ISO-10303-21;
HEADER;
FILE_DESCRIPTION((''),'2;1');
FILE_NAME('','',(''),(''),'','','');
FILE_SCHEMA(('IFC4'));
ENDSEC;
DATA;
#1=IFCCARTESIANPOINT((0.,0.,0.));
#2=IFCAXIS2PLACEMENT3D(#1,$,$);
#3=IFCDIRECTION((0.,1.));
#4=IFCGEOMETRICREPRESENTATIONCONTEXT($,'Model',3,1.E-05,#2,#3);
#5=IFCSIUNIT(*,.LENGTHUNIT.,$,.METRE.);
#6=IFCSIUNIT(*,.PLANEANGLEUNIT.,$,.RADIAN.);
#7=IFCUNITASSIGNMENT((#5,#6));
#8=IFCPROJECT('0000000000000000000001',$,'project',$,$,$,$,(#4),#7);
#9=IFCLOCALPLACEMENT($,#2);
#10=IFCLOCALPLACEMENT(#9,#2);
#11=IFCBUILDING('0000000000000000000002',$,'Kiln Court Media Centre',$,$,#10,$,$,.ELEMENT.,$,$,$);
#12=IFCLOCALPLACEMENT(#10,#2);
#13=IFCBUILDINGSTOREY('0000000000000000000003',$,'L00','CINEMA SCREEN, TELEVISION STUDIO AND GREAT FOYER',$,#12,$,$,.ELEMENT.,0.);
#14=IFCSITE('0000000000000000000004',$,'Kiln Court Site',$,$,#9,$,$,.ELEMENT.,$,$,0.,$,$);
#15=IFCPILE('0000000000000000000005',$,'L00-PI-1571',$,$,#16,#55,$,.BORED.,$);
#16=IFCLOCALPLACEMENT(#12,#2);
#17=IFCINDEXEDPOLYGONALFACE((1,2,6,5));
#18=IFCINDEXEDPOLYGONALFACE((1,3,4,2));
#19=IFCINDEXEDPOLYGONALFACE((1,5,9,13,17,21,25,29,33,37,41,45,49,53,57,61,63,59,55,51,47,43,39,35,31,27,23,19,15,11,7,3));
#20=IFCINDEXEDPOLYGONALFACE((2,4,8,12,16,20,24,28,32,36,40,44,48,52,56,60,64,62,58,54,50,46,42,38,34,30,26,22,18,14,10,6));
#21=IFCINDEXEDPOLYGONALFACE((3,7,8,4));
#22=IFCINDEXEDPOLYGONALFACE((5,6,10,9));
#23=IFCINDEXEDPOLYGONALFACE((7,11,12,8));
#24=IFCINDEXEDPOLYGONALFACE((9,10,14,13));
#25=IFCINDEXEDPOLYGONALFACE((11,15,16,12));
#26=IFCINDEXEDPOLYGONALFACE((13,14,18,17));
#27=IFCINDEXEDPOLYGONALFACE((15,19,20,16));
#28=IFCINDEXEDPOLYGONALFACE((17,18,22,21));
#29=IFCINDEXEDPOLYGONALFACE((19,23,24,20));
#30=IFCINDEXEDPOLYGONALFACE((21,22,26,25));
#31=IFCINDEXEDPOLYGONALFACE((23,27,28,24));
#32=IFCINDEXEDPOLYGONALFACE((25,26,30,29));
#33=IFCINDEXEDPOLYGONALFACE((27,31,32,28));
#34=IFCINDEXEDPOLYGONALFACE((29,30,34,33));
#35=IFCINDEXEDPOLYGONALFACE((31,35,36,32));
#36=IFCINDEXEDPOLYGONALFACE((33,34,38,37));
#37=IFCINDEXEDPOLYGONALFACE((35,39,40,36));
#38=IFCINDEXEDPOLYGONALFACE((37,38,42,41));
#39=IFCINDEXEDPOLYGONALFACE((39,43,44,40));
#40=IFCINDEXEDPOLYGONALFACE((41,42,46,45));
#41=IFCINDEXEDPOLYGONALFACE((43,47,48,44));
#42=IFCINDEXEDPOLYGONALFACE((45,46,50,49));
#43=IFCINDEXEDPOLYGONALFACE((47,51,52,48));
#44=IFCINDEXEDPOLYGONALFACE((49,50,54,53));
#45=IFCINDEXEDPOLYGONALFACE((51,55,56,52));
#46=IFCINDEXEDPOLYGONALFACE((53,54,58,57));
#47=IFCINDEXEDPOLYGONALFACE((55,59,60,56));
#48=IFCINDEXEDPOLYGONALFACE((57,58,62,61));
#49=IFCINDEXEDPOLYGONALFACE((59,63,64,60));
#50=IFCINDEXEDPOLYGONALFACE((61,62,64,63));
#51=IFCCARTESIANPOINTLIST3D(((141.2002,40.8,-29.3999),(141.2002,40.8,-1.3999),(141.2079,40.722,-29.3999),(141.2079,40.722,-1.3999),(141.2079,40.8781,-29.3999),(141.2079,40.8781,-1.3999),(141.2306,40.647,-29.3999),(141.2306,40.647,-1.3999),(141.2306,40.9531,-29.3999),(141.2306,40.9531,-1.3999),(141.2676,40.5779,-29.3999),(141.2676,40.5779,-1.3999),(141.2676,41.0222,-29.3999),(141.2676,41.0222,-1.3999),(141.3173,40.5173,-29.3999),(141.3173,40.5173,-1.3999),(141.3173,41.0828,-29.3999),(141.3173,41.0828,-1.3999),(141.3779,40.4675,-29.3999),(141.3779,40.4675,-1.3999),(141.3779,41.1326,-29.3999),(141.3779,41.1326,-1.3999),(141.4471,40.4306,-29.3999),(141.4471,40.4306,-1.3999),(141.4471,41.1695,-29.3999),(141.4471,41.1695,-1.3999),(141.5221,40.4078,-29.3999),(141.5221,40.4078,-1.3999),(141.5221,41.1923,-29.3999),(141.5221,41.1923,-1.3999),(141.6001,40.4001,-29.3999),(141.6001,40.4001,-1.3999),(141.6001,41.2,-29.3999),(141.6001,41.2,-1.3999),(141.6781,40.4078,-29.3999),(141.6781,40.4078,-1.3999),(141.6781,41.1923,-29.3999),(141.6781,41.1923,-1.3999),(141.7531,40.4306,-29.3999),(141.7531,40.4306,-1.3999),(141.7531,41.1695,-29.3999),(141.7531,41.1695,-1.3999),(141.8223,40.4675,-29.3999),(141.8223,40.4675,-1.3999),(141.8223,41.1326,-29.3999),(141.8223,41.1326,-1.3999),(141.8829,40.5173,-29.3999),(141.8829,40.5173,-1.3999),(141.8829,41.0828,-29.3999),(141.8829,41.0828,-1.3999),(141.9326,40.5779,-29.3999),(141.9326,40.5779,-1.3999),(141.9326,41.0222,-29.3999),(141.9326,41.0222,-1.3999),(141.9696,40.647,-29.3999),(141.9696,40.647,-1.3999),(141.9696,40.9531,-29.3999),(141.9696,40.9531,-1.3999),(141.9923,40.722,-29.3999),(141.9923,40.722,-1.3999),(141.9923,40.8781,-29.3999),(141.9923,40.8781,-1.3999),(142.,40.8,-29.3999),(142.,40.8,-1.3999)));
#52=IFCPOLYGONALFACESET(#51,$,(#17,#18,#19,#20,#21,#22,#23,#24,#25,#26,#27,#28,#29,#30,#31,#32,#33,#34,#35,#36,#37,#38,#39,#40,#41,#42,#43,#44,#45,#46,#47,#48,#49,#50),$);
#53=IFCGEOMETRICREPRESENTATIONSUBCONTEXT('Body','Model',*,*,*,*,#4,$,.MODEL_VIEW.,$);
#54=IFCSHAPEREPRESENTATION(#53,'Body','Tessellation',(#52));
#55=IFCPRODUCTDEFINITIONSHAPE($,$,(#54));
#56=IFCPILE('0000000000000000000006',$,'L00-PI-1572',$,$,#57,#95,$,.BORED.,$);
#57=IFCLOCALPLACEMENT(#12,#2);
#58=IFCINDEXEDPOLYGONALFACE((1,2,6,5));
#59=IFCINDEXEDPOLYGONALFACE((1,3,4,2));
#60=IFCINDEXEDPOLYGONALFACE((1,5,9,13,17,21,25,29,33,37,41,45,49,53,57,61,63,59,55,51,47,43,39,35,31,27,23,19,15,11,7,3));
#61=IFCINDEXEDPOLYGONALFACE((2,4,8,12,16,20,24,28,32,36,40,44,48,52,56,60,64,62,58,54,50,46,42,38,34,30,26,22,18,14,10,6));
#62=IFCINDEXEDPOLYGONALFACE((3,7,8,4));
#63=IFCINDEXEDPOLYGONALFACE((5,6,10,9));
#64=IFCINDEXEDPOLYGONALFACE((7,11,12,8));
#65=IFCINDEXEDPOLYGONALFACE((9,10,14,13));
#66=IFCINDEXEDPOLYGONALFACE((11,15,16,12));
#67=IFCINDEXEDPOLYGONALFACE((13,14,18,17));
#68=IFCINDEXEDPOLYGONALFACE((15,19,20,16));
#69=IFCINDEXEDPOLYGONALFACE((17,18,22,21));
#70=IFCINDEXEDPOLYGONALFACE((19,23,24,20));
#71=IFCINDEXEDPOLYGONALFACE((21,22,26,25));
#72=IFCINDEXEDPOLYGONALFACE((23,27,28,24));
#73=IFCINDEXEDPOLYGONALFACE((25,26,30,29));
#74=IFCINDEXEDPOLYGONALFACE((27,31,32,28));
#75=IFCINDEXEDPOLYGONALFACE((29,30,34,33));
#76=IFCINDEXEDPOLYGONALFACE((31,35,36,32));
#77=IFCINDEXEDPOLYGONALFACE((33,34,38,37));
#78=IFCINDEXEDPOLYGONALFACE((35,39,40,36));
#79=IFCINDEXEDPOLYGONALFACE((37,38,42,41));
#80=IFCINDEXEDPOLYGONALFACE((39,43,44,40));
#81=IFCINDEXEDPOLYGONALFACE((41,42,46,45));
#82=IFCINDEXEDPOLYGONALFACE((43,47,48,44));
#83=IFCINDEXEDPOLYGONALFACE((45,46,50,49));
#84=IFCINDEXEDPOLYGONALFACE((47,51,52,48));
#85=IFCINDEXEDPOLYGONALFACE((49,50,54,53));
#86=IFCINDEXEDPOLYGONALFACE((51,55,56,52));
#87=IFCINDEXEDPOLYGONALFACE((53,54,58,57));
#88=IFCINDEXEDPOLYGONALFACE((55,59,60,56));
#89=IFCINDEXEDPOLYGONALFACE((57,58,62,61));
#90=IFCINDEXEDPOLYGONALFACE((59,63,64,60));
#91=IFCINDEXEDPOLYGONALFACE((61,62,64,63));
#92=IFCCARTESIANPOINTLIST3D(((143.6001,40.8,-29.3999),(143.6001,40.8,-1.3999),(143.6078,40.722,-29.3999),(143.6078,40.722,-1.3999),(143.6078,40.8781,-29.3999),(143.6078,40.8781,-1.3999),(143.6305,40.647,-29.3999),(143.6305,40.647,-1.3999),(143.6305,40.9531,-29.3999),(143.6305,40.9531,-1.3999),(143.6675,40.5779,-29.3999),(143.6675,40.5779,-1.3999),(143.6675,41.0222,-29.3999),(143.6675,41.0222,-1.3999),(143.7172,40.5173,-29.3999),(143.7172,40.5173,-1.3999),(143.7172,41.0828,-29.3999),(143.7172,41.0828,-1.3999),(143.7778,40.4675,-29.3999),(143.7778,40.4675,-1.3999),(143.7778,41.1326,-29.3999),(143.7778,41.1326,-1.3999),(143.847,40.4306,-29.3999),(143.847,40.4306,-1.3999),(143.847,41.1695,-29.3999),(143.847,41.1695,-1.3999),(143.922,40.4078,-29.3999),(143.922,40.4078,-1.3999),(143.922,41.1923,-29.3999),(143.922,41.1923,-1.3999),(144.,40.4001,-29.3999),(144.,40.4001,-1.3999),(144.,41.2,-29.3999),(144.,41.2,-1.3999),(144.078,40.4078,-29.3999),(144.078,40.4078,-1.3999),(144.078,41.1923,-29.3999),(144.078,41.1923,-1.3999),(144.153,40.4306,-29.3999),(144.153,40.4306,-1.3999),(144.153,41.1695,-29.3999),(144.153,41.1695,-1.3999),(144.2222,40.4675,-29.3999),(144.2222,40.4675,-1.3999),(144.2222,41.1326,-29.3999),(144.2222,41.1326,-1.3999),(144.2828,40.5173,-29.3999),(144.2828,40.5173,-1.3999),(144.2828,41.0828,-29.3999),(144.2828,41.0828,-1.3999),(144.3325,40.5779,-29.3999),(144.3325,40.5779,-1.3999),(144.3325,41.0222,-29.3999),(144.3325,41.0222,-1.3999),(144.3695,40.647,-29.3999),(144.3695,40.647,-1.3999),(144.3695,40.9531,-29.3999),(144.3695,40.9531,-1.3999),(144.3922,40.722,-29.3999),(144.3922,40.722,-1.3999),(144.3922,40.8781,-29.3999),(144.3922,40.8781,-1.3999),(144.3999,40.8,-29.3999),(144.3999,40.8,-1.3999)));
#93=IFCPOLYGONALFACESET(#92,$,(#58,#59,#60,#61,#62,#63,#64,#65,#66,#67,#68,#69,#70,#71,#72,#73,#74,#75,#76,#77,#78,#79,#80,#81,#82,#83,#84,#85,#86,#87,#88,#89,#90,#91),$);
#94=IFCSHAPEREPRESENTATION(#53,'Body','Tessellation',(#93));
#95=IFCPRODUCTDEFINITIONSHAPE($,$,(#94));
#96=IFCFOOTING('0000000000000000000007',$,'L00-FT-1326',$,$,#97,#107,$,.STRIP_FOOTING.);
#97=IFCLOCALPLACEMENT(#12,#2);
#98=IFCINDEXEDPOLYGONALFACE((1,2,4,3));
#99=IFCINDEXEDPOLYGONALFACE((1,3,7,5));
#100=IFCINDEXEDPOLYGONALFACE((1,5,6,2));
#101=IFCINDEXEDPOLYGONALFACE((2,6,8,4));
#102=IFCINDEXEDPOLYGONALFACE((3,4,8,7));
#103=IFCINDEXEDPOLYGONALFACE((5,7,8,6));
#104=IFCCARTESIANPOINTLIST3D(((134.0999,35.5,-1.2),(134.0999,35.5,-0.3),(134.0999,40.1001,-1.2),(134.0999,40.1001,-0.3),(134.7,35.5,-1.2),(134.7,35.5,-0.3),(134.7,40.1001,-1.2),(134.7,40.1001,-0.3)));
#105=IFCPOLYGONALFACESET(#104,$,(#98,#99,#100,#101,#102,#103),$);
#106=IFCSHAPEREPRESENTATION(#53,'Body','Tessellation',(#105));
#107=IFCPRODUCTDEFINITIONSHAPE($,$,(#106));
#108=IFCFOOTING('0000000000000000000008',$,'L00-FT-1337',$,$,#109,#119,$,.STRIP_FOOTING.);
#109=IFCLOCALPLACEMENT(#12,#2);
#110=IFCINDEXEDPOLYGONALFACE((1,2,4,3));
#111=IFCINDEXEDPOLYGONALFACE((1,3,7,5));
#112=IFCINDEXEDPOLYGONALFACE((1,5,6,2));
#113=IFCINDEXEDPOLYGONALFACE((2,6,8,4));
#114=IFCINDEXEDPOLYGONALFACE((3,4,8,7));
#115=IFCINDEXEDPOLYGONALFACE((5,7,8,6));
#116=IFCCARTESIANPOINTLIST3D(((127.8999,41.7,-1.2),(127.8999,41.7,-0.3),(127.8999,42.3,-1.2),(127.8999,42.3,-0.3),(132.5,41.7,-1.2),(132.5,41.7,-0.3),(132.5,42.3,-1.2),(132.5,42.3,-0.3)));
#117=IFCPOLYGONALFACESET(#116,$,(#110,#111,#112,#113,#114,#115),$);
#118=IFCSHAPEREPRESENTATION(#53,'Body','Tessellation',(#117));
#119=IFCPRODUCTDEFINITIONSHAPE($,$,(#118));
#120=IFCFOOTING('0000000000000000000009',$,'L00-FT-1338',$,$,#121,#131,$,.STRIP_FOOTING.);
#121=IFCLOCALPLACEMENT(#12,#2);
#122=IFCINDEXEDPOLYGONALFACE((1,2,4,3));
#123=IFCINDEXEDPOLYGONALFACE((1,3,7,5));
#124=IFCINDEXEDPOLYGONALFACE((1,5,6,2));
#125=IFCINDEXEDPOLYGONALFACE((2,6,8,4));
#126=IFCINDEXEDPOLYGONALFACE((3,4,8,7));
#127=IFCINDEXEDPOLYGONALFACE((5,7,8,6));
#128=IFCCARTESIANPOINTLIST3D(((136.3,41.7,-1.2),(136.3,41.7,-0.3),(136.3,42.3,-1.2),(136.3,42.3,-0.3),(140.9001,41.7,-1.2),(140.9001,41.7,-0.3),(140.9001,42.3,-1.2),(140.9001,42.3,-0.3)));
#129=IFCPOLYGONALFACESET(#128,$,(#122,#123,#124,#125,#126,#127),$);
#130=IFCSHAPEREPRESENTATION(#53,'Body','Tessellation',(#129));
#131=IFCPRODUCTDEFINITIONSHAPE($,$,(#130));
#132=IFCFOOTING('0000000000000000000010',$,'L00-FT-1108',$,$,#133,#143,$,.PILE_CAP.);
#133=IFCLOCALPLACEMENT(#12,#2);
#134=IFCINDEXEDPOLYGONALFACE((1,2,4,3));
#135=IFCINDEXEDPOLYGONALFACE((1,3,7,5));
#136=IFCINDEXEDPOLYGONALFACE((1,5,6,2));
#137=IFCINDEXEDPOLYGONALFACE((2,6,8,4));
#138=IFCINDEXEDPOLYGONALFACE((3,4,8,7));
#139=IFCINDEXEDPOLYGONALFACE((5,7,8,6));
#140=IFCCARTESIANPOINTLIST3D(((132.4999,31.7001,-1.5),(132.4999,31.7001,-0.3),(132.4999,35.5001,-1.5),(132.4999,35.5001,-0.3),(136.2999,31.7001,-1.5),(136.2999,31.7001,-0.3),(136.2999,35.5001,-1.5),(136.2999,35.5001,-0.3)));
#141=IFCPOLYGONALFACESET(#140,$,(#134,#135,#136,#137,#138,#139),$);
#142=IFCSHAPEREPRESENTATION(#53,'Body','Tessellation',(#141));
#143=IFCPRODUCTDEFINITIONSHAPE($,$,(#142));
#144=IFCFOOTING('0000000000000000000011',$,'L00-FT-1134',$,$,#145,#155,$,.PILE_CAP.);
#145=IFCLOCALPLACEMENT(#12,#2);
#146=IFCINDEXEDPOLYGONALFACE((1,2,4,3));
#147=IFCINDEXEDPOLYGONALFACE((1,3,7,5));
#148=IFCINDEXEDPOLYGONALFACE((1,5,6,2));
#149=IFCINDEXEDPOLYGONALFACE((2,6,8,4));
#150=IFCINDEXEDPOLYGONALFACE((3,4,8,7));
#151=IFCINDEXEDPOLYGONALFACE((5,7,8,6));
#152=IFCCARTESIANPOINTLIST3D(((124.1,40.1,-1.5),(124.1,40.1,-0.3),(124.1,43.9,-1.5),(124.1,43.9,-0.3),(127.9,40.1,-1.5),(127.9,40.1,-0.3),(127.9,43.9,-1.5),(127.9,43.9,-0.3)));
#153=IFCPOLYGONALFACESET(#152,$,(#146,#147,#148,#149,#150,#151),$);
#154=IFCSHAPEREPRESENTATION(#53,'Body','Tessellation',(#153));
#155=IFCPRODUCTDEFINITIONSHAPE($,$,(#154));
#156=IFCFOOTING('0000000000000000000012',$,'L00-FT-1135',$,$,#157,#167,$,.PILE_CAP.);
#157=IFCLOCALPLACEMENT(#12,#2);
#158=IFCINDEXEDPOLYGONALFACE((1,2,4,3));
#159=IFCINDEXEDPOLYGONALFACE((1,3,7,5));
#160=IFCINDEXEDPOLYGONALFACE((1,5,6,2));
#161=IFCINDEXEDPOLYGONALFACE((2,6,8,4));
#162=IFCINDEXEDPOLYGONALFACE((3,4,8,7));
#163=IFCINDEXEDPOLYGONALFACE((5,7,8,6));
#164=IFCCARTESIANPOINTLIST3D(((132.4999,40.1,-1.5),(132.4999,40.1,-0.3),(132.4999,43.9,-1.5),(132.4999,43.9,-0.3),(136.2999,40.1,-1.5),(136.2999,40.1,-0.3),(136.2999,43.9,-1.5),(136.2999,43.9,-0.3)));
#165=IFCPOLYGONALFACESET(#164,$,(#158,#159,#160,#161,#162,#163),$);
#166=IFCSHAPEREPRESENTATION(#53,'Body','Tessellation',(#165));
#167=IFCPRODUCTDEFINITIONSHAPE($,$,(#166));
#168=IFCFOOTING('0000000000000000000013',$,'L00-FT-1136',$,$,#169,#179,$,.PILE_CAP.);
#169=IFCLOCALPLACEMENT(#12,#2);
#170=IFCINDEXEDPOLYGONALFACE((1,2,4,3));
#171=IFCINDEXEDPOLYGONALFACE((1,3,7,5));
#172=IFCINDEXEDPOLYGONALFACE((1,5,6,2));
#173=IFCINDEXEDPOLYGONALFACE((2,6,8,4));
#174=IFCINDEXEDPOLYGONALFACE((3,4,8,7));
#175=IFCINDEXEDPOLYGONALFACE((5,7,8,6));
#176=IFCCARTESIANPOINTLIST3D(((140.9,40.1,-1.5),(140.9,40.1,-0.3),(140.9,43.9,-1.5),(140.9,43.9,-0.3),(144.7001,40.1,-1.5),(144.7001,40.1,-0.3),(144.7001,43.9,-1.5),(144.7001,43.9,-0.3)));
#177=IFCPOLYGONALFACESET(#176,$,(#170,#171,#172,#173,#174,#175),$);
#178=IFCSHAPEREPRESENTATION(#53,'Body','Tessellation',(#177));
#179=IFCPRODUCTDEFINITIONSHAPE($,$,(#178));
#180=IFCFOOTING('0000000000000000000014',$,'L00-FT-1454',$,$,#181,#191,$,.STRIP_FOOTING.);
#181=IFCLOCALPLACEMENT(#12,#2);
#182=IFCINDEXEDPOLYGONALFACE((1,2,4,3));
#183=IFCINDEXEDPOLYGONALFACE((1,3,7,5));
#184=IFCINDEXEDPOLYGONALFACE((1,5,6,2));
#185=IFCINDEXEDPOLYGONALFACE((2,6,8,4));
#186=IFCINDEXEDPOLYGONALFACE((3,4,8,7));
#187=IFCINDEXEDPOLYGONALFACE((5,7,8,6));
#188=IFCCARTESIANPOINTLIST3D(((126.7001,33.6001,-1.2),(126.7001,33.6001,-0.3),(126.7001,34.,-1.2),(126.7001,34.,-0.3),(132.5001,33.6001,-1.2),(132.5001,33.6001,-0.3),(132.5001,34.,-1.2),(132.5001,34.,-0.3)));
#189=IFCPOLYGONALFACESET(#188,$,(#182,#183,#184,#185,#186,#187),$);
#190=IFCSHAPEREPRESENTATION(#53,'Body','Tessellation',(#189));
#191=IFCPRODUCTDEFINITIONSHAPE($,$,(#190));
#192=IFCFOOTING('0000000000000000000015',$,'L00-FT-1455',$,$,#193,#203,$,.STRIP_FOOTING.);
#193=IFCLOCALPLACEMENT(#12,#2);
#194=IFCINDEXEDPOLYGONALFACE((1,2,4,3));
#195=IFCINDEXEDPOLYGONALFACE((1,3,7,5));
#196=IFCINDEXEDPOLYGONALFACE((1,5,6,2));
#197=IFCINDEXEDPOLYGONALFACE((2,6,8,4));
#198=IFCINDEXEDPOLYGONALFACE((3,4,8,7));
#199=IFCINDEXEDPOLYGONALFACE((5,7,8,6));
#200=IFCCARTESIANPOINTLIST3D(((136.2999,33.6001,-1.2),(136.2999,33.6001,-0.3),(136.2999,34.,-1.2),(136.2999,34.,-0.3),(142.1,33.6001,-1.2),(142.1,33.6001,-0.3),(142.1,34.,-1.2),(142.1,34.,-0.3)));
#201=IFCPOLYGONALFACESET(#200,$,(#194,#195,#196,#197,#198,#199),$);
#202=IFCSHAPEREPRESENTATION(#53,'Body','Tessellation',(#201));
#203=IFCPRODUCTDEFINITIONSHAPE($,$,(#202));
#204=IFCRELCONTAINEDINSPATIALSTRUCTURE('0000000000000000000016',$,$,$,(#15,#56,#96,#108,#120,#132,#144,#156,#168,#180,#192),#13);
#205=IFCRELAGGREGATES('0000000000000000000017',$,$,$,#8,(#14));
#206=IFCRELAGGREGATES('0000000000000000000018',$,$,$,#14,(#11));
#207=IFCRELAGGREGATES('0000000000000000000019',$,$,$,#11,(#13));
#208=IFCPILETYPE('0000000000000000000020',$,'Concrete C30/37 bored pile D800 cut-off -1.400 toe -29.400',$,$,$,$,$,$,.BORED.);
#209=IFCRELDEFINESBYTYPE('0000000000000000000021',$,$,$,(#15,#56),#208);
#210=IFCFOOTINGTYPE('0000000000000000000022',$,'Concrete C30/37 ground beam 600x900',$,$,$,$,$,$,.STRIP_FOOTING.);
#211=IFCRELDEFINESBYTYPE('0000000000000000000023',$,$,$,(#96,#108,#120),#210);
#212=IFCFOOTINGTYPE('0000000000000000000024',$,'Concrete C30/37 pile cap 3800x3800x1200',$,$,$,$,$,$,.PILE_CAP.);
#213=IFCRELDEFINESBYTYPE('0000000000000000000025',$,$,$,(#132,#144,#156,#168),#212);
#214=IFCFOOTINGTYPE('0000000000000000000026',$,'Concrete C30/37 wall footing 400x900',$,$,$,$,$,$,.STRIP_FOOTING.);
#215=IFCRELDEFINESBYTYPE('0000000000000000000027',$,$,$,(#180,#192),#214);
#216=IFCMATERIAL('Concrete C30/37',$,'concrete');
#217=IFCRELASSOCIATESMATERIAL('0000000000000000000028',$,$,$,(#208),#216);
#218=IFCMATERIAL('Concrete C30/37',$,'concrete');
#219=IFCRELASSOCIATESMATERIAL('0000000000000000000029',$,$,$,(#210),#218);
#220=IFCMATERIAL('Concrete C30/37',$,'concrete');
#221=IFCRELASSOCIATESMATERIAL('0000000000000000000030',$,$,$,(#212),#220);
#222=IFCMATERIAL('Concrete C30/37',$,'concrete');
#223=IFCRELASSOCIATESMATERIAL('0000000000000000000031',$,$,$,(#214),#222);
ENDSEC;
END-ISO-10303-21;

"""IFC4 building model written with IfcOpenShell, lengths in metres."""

from ifc_helpers import new_model, si_unit, direction, frame, origin, origin_2d, place, context, subcontext, project, spatial, rectangle, circle, extrude, material, material_profile, profile_set, type_object, element, save


model = new_model("IFC4")

# Units and contexts
model_context = context("Model", 3, precision=1e-05, world=origin(), true_north=direction((0.0, 1.0)))
body_context = subcontext(model_context, "Body", "Model", "MODEL_VIEW")
ifc_project = project(units=[si_unit("LENGTHUNIT", "METRE"), si_unit("PLANEANGLEUNIT", "RADIAN")], contexts=[model_context])

# Site, building, storey
site_placement = place(None, origin())
site = spatial("IfcSite", under=ifc_project, at=site_placement, Name="Kiln Court Site", CompositionType="ELEMENT", RefElevation=0.0)
building_placement = place(site_placement, origin())
building = spatial("IfcBuilding", under=site, at=building_placement, Name="Kiln Court Media Centre", CompositionType="ELEMENT")
storey_placement = place(building_placement, origin())
storey = spatial("IfcBuildingStorey", under=building, at=storey_placement, Name="L00", Description="CINEMA SCREEN, TELEVISION STUDIO AND GREAT FOYER", CompositionType="ELEMENT", Elevation=0.0)

# Piles
ifc_material_1 = material(Name="Concrete C30/37", Category="concrete")
ifc_material_profile_1 = material_profile(ifc_material_1, circle(Radius=0.3999, at=origin_2d()), Name="PILE D800")
ifc_profile_set_1 = profile_set([ifc_material_profile_1], Name="Concrete C30/37")
pile_type = type_object("IfcPileType", Name="Concrete C30/37 bored pile D800 cut-off -1.400 toe -29.400", PredefinedType="BORED", material=ifc_profile_set_1)
for number, where, z_axis, x_axis, name in (
    (1, (141.6001, 40.8, -1.3999), (0.0, 0.0, -1.0), (1.0, 0.0, 0.0), "L00-PI-1571"),
    (2, (144.0, 40.8, -1.3999), (0.0, 0.0, -1.0), (1.0, 0.0, 0.0), "L00-PI-1572"),
):
    element("IfcPile", number, at=place(storey_placement, frame(where, z_axis=z_axis, x_axis=x_axis)), inside=storey, type_object=pile_type, Name=name, PredefinedType="BORED", context=body_context, shape_type="SweptSolid", body=[
        extrude(circle(Radius=0.3999, at=origin_2d()), origin(), (0.0, 0.0, 1.0), 28.0),
    ])

# Footings
ifc_material_2 = material(Name="Concrete C30/37", Category="concrete")
footing_type_1 = type_object("IfcFootingType", Name="Concrete C30/37 ground beam 600x900", PredefinedType="STRIP_FOOTING", material=ifc_material_2)
footing_placement = place(storey_placement, frame((134.3999, 37.8, -1.2), z_axis=(0.0, 0.0, 1.0), x_axis=(1.0, 0.0, 0.0)))
element("IfcFooting", 3, at=footing_placement, inside=storey, type_object=footing_type_1, Name="L00-FT-1326", PredefinedType="STRIP_FOOTING", context=body_context, shape_type="SweptSolid", body=[
    extrude(rectangle(XDim=0.6001, YDim=4.6001, at=origin_2d()), origin(), (0.0, 0.0, 1.0), 0.8999),
])
for number, where, z_axis, x_axis, name in (
    (4, (130.2, 42.0, -1.2), (0.0, 0.0, 1.0), (1.0, 0.0, 0.0), "L00-FT-1337"),
    (5, (138.6001, 42.0, -1.2), (0.0, 0.0, 1.0), (1.0, 0.0, 0.0), "L00-FT-1338"),
):
    element("IfcFooting", number, at=place(storey_placement, frame(where, z_axis=z_axis, x_axis=x_axis)), inside=storey, type_object=footing_type_1, Name=name, PredefinedType="STRIP_FOOTING", context=body_context, shape_type="SweptSolid", body=[
        extrude(rectangle(XDim=4.6001, YDim=0.6001, at=origin_2d()), origin(), (0.0, 0.0, 1.0), 0.8999),
    ])
ifc_material_3 = material(Name="Concrete C30/37", Category="concrete")
footing_type_2 = type_object("IfcFootingType", Name="Concrete C30/37 pile cap 3800x3800x1200", PredefinedType="PILE_CAP", material=ifc_material_3)
for number, where, z_axis, x_axis, name in (
    (6, (134.3999, 33.6001, -1.5), (0.0, 0.0, 1.0), (1.0, 0.0, 0.0), "L00-FT-1108"),
    (7, (126.0, 42.0, -1.5), (0.0, 0.0, 1.0), (1.0, 0.0, 0.0), "L00-FT-1134"),
    (8, (134.3999, 42.0, -1.5), (0.0, 0.0, 1.0), (1.0, 0.0, 0.0), "L00-FT-1135"),
    (9, (142.8, 42.0, -1.5), (0.0, 0.0, 1.0), (1.0, 0.0, 0.0), "L00-FT-1136"),
):
    element("IfcFooting", number, at=place(storey_placement, frame(where, z_axis=z_axis, x_axis=x_axis)), inside=storey, type_object=footing_type_2, Name=name, PredefinedType="PILE_CAP", context=body_context, shape_type="SweptSolid", body=[
        extrude(rectangle(XDim=3.8, YDim=3.8, at=origin_2d()), origin(), (0.0, 0.0, 1.0), 1.2),
    ])
ifc_material_4 = material(Name="Concrete C30/37", Category="concrete")
footing_type_3 = type_object("IfcFootingType", Name="Concrete C30/37 wall footing 400x900", PredefinedType="STRIP_FOOTING", material=ifc_material_4)
for number, where, z_axis, x_axis, name in (
    (10, (129.6001, 33.8, -1.2), (0.0, 0.0, 1.0), (1.0, 0.0, 0.0), "L00-FT-1454"),
    (11, (139.2, 33.8, -1.2), (0.0, 0.0, 1.0), (1.0, 0.0, 0.0), "L00-FT-1455"),
):
    element("IfcFooting", number, at=place(storey_placement, frame(where, z_axis=z_axis, x_axis=x_axis)), inside=storey, type_object=footing_type_3, Name=name, PredefinedType="STRIP_FOOTING", context=body_context, shape_type="SweptSolid", body=[
        extrude(rectangle(XDim=5.8, YDim=0.3999, at=origin_2d()), origin(), (0.0, 0.0, 1.0), 0.8999),
    ])

save(model, "model.ifc")
